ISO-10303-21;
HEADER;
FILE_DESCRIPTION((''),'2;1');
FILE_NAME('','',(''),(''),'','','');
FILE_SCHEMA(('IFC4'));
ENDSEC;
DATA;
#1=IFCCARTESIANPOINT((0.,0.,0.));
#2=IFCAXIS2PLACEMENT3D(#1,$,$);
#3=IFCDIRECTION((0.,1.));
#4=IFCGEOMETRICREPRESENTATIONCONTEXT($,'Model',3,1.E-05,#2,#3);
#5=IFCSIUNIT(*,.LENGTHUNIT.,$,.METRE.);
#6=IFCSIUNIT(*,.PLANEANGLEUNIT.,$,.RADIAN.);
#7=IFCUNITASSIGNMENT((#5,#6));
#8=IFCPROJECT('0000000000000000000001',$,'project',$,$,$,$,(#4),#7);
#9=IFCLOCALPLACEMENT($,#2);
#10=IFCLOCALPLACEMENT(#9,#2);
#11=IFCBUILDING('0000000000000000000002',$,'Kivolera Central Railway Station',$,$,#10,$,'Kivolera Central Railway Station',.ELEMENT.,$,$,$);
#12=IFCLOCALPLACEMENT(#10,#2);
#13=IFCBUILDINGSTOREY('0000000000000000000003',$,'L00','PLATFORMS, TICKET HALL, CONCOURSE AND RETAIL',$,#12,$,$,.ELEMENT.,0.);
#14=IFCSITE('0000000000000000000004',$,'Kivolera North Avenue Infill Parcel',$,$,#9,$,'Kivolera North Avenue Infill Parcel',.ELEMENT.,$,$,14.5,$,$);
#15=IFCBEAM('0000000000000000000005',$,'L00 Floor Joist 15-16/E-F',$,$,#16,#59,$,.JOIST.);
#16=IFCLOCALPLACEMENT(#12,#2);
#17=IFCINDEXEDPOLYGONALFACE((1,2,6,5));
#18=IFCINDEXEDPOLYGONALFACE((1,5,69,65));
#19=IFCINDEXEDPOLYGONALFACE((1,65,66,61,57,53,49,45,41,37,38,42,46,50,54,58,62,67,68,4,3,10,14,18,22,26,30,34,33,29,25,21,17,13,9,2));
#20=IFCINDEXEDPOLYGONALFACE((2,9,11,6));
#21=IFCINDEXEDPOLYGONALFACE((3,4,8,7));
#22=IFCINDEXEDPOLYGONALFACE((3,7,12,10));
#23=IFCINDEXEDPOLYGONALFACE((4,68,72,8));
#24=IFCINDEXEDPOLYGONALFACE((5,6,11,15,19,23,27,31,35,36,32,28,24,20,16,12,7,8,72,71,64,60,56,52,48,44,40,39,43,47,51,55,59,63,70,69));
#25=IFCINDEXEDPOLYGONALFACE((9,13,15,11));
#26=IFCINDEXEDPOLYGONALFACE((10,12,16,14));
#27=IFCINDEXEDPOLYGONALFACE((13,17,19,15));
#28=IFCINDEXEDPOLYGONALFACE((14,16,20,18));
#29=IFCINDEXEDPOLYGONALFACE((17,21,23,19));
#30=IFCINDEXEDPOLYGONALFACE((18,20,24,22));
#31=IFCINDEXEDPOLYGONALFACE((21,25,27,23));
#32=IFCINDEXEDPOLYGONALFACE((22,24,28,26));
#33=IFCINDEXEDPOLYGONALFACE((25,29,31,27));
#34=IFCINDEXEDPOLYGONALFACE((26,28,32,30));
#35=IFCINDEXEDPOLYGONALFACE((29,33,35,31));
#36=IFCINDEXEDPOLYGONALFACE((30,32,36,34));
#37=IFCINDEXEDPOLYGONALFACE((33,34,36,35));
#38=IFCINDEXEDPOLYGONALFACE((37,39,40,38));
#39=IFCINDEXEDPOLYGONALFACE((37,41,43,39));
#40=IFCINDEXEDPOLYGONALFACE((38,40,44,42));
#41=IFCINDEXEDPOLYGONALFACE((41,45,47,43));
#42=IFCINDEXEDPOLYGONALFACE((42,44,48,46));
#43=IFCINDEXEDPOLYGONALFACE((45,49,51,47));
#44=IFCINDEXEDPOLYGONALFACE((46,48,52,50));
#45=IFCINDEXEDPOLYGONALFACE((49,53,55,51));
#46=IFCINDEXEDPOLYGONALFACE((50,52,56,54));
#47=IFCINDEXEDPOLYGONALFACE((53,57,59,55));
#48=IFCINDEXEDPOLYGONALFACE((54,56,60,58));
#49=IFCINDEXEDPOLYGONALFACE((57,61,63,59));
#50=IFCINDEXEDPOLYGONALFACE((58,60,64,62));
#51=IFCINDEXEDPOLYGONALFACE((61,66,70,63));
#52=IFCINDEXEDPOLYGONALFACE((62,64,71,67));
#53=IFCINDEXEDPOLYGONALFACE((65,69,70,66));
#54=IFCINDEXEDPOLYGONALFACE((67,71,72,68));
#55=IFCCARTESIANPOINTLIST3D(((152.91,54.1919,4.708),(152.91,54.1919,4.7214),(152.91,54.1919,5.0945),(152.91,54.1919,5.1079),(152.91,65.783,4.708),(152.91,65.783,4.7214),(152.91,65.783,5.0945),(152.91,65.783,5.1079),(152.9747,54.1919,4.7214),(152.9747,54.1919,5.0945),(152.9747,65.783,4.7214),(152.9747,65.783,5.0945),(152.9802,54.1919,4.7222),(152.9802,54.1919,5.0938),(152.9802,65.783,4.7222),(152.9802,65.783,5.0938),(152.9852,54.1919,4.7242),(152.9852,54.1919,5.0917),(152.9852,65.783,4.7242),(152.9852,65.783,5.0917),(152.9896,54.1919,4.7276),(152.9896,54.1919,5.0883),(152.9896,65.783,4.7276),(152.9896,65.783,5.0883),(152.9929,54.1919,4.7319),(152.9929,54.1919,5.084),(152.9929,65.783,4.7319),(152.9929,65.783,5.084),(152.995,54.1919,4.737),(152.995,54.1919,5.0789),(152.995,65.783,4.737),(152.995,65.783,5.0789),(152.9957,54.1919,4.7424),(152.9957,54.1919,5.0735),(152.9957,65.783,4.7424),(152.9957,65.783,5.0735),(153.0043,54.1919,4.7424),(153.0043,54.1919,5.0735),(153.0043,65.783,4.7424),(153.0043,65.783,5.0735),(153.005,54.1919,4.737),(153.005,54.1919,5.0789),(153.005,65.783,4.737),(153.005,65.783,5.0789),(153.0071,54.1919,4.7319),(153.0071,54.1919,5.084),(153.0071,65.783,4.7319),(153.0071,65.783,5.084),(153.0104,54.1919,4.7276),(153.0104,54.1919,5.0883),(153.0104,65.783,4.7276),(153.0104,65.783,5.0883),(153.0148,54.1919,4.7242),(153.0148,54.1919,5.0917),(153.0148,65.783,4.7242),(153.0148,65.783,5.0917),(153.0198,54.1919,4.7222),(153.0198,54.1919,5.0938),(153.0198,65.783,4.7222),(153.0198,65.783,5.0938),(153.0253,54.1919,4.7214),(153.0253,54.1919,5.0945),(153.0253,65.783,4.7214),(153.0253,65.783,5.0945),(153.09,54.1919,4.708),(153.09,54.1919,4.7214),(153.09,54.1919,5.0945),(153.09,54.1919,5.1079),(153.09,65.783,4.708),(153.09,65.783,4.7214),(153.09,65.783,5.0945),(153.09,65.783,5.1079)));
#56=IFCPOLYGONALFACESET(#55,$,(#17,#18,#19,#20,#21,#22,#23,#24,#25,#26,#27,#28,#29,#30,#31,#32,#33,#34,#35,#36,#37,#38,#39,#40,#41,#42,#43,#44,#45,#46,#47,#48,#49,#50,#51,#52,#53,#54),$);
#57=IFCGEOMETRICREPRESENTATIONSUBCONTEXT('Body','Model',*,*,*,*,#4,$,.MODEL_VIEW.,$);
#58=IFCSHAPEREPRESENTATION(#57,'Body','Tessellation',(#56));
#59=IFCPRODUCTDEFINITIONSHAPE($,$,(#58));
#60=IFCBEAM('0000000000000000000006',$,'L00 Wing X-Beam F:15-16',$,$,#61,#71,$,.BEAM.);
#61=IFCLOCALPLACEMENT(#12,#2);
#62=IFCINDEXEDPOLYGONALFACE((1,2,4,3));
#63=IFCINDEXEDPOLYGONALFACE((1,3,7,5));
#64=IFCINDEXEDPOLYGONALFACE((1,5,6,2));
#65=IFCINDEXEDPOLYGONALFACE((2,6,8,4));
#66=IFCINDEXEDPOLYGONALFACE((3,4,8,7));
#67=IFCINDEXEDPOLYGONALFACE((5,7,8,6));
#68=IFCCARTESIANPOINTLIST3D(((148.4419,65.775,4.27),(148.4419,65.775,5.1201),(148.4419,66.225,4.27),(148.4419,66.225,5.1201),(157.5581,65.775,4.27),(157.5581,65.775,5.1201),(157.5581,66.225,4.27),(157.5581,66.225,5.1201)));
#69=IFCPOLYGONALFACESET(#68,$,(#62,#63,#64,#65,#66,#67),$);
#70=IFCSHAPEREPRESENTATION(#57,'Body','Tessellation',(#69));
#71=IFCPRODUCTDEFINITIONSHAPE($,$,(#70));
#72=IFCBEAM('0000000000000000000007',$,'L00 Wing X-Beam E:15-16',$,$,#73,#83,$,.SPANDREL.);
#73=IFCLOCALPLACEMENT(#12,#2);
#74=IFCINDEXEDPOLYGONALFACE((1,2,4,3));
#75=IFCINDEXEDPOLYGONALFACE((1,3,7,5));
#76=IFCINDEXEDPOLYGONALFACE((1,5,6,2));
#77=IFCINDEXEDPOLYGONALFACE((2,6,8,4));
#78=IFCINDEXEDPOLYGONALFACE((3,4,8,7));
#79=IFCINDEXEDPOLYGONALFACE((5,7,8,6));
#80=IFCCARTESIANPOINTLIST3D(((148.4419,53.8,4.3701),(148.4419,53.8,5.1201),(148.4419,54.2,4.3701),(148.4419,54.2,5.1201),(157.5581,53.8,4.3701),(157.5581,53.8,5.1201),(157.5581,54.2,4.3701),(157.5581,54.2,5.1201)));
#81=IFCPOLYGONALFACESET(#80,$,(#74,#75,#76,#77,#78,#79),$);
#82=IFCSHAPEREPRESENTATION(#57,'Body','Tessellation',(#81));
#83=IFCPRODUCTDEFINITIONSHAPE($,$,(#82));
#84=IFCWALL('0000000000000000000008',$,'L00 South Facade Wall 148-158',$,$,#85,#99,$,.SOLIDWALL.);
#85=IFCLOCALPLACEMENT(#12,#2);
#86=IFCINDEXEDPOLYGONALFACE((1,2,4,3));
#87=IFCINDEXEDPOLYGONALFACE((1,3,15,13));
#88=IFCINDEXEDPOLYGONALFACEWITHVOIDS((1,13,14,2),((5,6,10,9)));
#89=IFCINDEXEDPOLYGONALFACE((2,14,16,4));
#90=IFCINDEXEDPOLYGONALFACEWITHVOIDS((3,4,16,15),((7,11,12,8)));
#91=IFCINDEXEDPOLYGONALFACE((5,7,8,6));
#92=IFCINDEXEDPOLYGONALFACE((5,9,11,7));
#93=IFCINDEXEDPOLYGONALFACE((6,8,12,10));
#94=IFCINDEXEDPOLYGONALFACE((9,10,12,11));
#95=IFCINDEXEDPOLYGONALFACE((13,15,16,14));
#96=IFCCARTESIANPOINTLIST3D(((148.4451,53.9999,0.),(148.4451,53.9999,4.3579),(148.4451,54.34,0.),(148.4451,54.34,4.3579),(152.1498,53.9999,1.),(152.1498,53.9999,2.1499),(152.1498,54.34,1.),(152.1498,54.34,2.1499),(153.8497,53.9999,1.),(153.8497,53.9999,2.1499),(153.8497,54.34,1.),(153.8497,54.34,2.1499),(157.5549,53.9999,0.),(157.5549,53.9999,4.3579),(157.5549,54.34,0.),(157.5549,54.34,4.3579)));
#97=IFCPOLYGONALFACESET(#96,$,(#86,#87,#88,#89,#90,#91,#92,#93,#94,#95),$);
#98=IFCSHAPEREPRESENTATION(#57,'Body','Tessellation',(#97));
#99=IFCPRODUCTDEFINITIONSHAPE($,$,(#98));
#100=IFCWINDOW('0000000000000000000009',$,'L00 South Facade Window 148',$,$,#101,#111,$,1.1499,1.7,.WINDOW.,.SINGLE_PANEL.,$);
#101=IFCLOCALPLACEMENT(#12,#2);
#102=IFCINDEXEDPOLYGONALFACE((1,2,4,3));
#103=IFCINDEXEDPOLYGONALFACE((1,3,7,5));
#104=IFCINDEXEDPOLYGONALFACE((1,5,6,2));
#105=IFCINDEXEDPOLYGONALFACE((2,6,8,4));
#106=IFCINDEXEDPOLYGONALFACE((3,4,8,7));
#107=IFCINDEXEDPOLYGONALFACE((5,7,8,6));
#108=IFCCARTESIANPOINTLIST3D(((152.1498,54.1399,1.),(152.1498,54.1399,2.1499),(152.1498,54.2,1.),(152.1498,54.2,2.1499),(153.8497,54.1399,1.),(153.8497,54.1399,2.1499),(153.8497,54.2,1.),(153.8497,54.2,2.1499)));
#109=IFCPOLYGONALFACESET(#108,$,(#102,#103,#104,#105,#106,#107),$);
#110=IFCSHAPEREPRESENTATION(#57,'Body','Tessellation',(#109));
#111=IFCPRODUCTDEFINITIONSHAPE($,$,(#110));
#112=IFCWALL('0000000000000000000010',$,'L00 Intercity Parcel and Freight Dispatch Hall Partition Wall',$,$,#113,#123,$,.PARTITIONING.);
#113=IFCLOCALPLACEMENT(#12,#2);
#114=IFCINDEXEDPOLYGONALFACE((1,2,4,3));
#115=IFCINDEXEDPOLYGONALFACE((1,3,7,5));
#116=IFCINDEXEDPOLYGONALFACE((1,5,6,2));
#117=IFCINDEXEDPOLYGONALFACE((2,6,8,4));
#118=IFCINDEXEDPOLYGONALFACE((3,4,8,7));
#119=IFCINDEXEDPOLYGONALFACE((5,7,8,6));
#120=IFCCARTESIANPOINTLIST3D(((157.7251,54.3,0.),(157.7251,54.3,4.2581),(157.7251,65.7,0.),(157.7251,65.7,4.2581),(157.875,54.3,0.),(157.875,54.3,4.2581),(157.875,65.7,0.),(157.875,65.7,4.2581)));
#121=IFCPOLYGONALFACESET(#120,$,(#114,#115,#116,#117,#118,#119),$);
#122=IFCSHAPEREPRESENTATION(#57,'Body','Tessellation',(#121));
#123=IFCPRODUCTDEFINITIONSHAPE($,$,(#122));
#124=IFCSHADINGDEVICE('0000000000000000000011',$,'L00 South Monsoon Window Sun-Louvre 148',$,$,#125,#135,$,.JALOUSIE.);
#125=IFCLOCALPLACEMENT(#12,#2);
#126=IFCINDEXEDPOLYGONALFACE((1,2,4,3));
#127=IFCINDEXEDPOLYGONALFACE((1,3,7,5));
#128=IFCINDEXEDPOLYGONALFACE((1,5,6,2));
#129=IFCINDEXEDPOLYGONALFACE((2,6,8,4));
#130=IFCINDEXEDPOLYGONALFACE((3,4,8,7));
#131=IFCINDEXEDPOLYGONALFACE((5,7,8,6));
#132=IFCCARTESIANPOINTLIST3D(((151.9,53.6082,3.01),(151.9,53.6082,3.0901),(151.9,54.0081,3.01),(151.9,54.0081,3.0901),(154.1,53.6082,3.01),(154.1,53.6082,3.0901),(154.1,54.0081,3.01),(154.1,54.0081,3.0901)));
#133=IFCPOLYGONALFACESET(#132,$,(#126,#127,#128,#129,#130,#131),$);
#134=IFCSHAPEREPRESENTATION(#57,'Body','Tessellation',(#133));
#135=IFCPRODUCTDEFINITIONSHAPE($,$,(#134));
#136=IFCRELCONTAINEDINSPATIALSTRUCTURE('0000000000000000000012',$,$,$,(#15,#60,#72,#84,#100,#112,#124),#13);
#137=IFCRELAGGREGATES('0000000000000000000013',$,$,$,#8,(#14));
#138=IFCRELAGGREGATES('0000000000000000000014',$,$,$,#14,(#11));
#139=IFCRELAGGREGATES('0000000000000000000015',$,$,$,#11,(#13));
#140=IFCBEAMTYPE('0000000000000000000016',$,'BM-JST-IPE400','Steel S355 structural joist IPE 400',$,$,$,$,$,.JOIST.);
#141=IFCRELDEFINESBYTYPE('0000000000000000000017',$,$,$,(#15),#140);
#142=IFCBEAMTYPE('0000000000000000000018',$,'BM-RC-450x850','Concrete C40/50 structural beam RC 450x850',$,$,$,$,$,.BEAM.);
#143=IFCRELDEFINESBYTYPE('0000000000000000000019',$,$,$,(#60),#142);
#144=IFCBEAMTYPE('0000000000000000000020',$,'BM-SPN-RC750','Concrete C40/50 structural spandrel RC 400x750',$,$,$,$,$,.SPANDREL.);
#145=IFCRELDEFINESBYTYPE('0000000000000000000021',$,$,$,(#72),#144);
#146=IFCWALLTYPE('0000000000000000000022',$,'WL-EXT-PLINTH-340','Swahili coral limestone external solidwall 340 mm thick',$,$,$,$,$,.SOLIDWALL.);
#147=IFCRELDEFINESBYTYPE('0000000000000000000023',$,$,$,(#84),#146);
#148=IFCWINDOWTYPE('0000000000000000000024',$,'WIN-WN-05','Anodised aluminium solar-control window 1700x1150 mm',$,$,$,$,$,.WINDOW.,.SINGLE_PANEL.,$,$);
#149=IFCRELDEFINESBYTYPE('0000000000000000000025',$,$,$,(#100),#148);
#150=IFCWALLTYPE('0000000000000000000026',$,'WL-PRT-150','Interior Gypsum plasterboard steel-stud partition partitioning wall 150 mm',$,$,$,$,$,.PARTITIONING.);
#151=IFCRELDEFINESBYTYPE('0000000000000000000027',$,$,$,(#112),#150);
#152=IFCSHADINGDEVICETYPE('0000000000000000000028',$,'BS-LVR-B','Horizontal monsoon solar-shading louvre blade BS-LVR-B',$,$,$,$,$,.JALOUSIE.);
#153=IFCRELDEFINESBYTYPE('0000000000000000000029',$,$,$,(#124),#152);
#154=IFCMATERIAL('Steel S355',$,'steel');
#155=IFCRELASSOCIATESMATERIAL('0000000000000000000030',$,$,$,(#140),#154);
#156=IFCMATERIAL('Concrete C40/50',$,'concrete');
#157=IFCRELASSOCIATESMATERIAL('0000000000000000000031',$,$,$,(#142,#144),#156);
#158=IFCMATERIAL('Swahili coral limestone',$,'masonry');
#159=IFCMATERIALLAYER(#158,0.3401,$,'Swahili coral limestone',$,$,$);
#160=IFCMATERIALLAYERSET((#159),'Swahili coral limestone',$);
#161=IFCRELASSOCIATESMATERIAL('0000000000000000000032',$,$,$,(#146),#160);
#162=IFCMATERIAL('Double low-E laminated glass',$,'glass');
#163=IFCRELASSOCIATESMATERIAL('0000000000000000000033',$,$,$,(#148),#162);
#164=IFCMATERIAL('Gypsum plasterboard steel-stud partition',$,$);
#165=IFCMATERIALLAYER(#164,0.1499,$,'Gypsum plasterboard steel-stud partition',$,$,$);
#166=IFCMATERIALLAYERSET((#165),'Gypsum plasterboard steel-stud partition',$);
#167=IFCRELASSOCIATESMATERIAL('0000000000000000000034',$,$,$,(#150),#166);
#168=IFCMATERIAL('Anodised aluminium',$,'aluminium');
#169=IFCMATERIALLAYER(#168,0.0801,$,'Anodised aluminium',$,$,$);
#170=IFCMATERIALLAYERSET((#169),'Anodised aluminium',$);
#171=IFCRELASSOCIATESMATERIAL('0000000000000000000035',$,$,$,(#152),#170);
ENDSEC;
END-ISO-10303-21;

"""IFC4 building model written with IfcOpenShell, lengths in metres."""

from ifc_helpers import new_model, si_unit, direction, frame, frame_2d, origin, origin_2d, place, context, subcontext, project, spatial, rectangle, i_section, extrude, material, layer, layer_set, material_profile, profile_set, type_object, element, fill, save


model = new_model("IFC4")

# Units and contexts
model_context = context("Model", 3, precision=1e-05, world=origin(), true_north=direction((0.0, 1.0)))
body_context = subcontext(model_context, "Body", "Model", "MODEL_VIEW")
ifc_project = project(units=[si_unit("LENGTHUNIT", "METRE"), si_unit("PLANEANGLEUNIT", "RADIAN")], contexts=[model_context])

# Site, building, storey
site_placement = place(None, origin())
site = spatial("IfcSite", under=ifc_project, at=site_placement, Name="Kivolera North Avenue Infill Parcel", LongName="Kivolera North Avenue Infill Parcel", CompositionType="ELEMENT", RefElevation=14.5)
building_placement = place(site_placement, origin())
building = spatial("IfcBuilding", under=site, at=building_placement, Name="Kivolera Central Railway Station", LongName="Kivolera Central Railway Station", CompositionType="ELEMENT")
storey_placement = place(building_placement, origin())
storey = spatial("IfcBuildingStorey", under=building, at=storey_placement, Name="L00", Description="PLATFORMS, TICKET HALL, CONCOURSE AND RETAIL", CompositionType="ELEMENT", Elevation=0.0)

# Shared definitions
ifc_material_1 = material(Name="Concrete C40/50", Category="concrete")
ifc_material_2 = material(Name="Steel S355", Category="steel")

# Beams
ifc_material_profile_1 = material_profile(ifc_material_2, i_section(OverallWidth=0.1799, OverallDepth=0.3999, WebThickness=0.0085, FlangeThickness=0.0134, FilletRadius=0.021, at=origin_2d()), Name="IPE 400")
ifc_profile_set_1 = profile_set([ifc_material_profile_1], Name="Steel S355")
beam_type_1 = type_object("IfcBeamType", Name="BM-JST-IPE400", Description="Steel S355 structural joist IPE 400", PredefinedType="JOIST", material=ifc_profile_set_1)
beam_1_placement = place(storey_placement, frame((153.0, 54.1919, 4.908), z_axis=(0.0, 1.0, 0.0), x_axis=(-1.0, 0.0, 0.0)))
element("IfcBeam", 1, at=beam_1_placement, inside=storey, type_object=beam_type_1, Name="L00 Floor Joist 15-16/E-F", PredefinedType="JOIST", context=body_context, shape_type="SweptSolid", body=[
    extrude(i_section(OverallWidth=0.1799, OverallDepth=0.3999, WebThickness=0.0085, FlangeThickness=0.0134, FilletRadius=0.021, at=origin_2d()), origin(), (0.0, 0.0, 1.0), 11.5911),
])
ifc_material_profile_2 = material_profile(ifc_material_1, rectangle(XDim=0.45, YDim=0.8501, at=origin_2d()), Name="RC 450x850")
ifc_profile_set_2 = profile_set([ifc_material_profile_2], Name="Concrete C40/50")
beam_type_2 = type_object("IfcBeamType", Name="BM-RC-450x850", Description="Concrete C40/50 structural beam RC 450x850", PredefinedType="BEAM", material=ifc_profile_set_2)
beam_2_placement = place(storey_placement, frame((148.4419, 66.0, 4.6951), z_axis=(1.0, 0.0, 0.0), x_axis=(0.0, 1.0, 0.0)))
element("IfcBeam", 2, at=beam_2_placement, inside=storey, type_object=beam_type_2, Name="L00 Wing X-Beam F:15-16", PredefinedType="BEAM", context=body_context, shape_type="SweptSolid", body=[
    extrude(rectangle(XDim=0.45, YDim=0.8501, at=origin_2d()), origin(), (0.0, 0.0, 1.0), 9.1162),
])
ifc_material_profile_3 = material_profile(ifc_material_1, rectangle(XDim=0.3999, YDim=0.75, at=origin_2d()), Name="RC 400x750")
ifc_profile_set_3 = profile_set([ifc_material_profile_3], Name="Concrete C40/50")
beam_type_3 = type_object("IfcBeamType", Name="BM-SPN-RC750", Description="Concrete C40/50 structural spandrel RC 400x750", PredefinedType="SPANDREL", material=ifc_profile_set_3)
beam_3_placement = place(storey_placement, frame((148.4419, 54.0, 4.7451), z_axis=(1.0, 0.0, 0.0), x_axis=(0.0, 1.0, 0.0)))
element("IfcBeam", 3, at=beam_3_placement, inside=storey, type_object=beam_type_3, Name="L00 Wing X-Beam E:15-16", PredefinedType="SPANDREL", context=body_context, shape_type="SweptSolid", body=[
    extrude(rectangle(XDim=0.3999, YDim=0.75, at=origin_2d()), origin(), (0.0, 0.0, 1.0), 9.1162),
])

# Wall, opening, window
ifc_material_3 = material(Name="Swahili coral limestone", Category="masonry")
ifc_layer_1 = layer(ifc_material_3, 0.3401, Name="Swahili coral limestone")
ifc_layer_set_1 = layer_set([ifc_layer_1], Name="Swahili coral limestone")
wall_type_1 = type_object("IfcWallType", Name="WL-EXT-PLINTH-340", Description="Swahili coral limestone external solidwall 340 mm thick", PredefinedType="SOLIDWALL", material=ifc_layer_set_1)
wall_1_placement = place(storey_placement, frame((157.5549, 54.1699, 0.0), z_axis=(0.0, 0.0, 1.0), x_axis=(-1.0, 0.0, 0.0)))
wall_1 = element("IfcWall", 4, at=wall_1_placement, inside=storey, type_object=wall_type_1, Name="L00 South Facade Wall 148-158", PredefinedType="SOLIDWALL", context=body_context, shape_type="SweptSolid", body=[
    extrude(rectangle(XDim=9.1099, YDim=0.3401, at=frame_2d((4.5549, 0.0))), origin(), (0.0, 0.0, 1.0), 4.3579),
])
opening_placement = place(wall_1_placement, frame((3.7051, 0.0, 1.0)))
opening = element("IfcOpeningElement", 5, at=opening_placement, cuts=wall_1, PredefinedType="OPENING", context=body_context, shape_type="SweptSolid", body=[
    extrude(rectangle(XDim=1.7, YDim=1.1499, at=frame_2d((0.8501, 0.575))), frame((0.0, 0.1799, 0.0), z_axis=(0.0, -1.0, 0.0), x_axis=(1.0, 0.0, 0.0)), (0.0, 0.0, 1.0), 0.3601),
])
ifc_material_4 = material(Name="Double low-E laminated glass", Category="glass")
window_type = type_object("IfcWindowType", Name="WIN-WN-05", Description="Anodised aluminium solar-control window 1700x1150 mm", PartitioningType="SINGLE_PANEL", PredefinedType="WINDOW", material=ifc_material_4)
window_placement = place(opening_placement, origin())
window = element("IfcWindow", 6, at=window_placement, inside=storey, type_object=window_type, Name="L00 South Facade Window 148", OverallHeight=1.1499, OverallWidth=1.7, PartitioningType="SINGLE_PANEL", PredefinedType="WINDOW", context=body_context, shape_type="SweptSolid", body=[
    extrude(rectangle(XDim=1.7, YDim=1.1499, at=frame_2d((0.8501, 0.575))), frame((0.0, 0.03, 0.0), z_axis=(0.0, -1.0, 0.0), x_axis=(1.0, 0.0, 0.0)), (0.0, 0.0, 1.0), 0.0601),
])
fill(opening, window)

# Wall
ifc_material_5 = material(Name="Gypsum plasterboard steel-stud partition")
ifc_layer_2 = layer(ifc_material_5, 0.1499, Name="Gypsum plasterboard steel-stud partition")
ifc_layer_set_2 = layer_set([ifc_layer_2], Name="Gypsum plasterboard steel-stud partition")
wall_type_2 = type_object("IfcWallType", Name="WL-PRT-150", Description="Interior Gypsum plasterboard steel-stud partition partitioning wall 150 mm", PredefinedType="PARTITIONING", material=ifc_layer_set_2)
wall_2_placement = place(storey_placement, frame((157.8, 54.3, 0.0), z_axis=(0.0, 0.0, 1.0), x_axis=(0.0, 1.0, 0.0)))
element("IfcWall", 7, at=wall_2_placement, inside=storey, type_object=wall_type_2, Name="L00 Intercity Parcel and Freight Dispatch Hall Partition Wall", PredefinedType="PARTITIONING", context=body_context, shape_type="SweptSolid", body=[
    extrude(rectangle(XDim=11.3999, YDim=0.1499, at=frame_2d((5.7, 0.0))), origin(), (0.0, 0.0, 1.0), 4.2581),
])

# Shading device
ifc_material_6 = material(Name="Anodised aluminium", Category="aluminium")
ifc_layer_3 = layer(ifc_material_6, 0.0801, Name="Anodised aluminium")
ifc_layer_set_3 = layer_set([ifc_layer_3], Name="Anodised aluminium")
shading_device_type = type_object("IfcShadingDeviceType", Name="BS-LVR-B", Description="Horizontal monsoon solar-shading louvre blade BS-LVR-B", PredefinedType="JALOUSIE", material=ifc_layer_set_3)
shading_device_placement = place(storey_placement, frame((153.0, 53.8081, 3.01), z_axis=(0.0, 0.0, 1.0), x_axis=(1.0, 0.0, 0.0)))
element("IfcShadingDevice", 8, at=shading_device_placement, inside=storey, type_object=shading_device_type, Name="L00 South Monsoon Window Sun-Louvre 148", PredefinedType="JALOUSIE", context=body_context, shape_type="SweptSolid", body=[
    extrude(rectangle(XDim=2.2, YDim=0.3999, at=origin_2d()), origin(), (0.0, 0.0, 1.0), 0.0801),
])

save(model, "model.ifc")
